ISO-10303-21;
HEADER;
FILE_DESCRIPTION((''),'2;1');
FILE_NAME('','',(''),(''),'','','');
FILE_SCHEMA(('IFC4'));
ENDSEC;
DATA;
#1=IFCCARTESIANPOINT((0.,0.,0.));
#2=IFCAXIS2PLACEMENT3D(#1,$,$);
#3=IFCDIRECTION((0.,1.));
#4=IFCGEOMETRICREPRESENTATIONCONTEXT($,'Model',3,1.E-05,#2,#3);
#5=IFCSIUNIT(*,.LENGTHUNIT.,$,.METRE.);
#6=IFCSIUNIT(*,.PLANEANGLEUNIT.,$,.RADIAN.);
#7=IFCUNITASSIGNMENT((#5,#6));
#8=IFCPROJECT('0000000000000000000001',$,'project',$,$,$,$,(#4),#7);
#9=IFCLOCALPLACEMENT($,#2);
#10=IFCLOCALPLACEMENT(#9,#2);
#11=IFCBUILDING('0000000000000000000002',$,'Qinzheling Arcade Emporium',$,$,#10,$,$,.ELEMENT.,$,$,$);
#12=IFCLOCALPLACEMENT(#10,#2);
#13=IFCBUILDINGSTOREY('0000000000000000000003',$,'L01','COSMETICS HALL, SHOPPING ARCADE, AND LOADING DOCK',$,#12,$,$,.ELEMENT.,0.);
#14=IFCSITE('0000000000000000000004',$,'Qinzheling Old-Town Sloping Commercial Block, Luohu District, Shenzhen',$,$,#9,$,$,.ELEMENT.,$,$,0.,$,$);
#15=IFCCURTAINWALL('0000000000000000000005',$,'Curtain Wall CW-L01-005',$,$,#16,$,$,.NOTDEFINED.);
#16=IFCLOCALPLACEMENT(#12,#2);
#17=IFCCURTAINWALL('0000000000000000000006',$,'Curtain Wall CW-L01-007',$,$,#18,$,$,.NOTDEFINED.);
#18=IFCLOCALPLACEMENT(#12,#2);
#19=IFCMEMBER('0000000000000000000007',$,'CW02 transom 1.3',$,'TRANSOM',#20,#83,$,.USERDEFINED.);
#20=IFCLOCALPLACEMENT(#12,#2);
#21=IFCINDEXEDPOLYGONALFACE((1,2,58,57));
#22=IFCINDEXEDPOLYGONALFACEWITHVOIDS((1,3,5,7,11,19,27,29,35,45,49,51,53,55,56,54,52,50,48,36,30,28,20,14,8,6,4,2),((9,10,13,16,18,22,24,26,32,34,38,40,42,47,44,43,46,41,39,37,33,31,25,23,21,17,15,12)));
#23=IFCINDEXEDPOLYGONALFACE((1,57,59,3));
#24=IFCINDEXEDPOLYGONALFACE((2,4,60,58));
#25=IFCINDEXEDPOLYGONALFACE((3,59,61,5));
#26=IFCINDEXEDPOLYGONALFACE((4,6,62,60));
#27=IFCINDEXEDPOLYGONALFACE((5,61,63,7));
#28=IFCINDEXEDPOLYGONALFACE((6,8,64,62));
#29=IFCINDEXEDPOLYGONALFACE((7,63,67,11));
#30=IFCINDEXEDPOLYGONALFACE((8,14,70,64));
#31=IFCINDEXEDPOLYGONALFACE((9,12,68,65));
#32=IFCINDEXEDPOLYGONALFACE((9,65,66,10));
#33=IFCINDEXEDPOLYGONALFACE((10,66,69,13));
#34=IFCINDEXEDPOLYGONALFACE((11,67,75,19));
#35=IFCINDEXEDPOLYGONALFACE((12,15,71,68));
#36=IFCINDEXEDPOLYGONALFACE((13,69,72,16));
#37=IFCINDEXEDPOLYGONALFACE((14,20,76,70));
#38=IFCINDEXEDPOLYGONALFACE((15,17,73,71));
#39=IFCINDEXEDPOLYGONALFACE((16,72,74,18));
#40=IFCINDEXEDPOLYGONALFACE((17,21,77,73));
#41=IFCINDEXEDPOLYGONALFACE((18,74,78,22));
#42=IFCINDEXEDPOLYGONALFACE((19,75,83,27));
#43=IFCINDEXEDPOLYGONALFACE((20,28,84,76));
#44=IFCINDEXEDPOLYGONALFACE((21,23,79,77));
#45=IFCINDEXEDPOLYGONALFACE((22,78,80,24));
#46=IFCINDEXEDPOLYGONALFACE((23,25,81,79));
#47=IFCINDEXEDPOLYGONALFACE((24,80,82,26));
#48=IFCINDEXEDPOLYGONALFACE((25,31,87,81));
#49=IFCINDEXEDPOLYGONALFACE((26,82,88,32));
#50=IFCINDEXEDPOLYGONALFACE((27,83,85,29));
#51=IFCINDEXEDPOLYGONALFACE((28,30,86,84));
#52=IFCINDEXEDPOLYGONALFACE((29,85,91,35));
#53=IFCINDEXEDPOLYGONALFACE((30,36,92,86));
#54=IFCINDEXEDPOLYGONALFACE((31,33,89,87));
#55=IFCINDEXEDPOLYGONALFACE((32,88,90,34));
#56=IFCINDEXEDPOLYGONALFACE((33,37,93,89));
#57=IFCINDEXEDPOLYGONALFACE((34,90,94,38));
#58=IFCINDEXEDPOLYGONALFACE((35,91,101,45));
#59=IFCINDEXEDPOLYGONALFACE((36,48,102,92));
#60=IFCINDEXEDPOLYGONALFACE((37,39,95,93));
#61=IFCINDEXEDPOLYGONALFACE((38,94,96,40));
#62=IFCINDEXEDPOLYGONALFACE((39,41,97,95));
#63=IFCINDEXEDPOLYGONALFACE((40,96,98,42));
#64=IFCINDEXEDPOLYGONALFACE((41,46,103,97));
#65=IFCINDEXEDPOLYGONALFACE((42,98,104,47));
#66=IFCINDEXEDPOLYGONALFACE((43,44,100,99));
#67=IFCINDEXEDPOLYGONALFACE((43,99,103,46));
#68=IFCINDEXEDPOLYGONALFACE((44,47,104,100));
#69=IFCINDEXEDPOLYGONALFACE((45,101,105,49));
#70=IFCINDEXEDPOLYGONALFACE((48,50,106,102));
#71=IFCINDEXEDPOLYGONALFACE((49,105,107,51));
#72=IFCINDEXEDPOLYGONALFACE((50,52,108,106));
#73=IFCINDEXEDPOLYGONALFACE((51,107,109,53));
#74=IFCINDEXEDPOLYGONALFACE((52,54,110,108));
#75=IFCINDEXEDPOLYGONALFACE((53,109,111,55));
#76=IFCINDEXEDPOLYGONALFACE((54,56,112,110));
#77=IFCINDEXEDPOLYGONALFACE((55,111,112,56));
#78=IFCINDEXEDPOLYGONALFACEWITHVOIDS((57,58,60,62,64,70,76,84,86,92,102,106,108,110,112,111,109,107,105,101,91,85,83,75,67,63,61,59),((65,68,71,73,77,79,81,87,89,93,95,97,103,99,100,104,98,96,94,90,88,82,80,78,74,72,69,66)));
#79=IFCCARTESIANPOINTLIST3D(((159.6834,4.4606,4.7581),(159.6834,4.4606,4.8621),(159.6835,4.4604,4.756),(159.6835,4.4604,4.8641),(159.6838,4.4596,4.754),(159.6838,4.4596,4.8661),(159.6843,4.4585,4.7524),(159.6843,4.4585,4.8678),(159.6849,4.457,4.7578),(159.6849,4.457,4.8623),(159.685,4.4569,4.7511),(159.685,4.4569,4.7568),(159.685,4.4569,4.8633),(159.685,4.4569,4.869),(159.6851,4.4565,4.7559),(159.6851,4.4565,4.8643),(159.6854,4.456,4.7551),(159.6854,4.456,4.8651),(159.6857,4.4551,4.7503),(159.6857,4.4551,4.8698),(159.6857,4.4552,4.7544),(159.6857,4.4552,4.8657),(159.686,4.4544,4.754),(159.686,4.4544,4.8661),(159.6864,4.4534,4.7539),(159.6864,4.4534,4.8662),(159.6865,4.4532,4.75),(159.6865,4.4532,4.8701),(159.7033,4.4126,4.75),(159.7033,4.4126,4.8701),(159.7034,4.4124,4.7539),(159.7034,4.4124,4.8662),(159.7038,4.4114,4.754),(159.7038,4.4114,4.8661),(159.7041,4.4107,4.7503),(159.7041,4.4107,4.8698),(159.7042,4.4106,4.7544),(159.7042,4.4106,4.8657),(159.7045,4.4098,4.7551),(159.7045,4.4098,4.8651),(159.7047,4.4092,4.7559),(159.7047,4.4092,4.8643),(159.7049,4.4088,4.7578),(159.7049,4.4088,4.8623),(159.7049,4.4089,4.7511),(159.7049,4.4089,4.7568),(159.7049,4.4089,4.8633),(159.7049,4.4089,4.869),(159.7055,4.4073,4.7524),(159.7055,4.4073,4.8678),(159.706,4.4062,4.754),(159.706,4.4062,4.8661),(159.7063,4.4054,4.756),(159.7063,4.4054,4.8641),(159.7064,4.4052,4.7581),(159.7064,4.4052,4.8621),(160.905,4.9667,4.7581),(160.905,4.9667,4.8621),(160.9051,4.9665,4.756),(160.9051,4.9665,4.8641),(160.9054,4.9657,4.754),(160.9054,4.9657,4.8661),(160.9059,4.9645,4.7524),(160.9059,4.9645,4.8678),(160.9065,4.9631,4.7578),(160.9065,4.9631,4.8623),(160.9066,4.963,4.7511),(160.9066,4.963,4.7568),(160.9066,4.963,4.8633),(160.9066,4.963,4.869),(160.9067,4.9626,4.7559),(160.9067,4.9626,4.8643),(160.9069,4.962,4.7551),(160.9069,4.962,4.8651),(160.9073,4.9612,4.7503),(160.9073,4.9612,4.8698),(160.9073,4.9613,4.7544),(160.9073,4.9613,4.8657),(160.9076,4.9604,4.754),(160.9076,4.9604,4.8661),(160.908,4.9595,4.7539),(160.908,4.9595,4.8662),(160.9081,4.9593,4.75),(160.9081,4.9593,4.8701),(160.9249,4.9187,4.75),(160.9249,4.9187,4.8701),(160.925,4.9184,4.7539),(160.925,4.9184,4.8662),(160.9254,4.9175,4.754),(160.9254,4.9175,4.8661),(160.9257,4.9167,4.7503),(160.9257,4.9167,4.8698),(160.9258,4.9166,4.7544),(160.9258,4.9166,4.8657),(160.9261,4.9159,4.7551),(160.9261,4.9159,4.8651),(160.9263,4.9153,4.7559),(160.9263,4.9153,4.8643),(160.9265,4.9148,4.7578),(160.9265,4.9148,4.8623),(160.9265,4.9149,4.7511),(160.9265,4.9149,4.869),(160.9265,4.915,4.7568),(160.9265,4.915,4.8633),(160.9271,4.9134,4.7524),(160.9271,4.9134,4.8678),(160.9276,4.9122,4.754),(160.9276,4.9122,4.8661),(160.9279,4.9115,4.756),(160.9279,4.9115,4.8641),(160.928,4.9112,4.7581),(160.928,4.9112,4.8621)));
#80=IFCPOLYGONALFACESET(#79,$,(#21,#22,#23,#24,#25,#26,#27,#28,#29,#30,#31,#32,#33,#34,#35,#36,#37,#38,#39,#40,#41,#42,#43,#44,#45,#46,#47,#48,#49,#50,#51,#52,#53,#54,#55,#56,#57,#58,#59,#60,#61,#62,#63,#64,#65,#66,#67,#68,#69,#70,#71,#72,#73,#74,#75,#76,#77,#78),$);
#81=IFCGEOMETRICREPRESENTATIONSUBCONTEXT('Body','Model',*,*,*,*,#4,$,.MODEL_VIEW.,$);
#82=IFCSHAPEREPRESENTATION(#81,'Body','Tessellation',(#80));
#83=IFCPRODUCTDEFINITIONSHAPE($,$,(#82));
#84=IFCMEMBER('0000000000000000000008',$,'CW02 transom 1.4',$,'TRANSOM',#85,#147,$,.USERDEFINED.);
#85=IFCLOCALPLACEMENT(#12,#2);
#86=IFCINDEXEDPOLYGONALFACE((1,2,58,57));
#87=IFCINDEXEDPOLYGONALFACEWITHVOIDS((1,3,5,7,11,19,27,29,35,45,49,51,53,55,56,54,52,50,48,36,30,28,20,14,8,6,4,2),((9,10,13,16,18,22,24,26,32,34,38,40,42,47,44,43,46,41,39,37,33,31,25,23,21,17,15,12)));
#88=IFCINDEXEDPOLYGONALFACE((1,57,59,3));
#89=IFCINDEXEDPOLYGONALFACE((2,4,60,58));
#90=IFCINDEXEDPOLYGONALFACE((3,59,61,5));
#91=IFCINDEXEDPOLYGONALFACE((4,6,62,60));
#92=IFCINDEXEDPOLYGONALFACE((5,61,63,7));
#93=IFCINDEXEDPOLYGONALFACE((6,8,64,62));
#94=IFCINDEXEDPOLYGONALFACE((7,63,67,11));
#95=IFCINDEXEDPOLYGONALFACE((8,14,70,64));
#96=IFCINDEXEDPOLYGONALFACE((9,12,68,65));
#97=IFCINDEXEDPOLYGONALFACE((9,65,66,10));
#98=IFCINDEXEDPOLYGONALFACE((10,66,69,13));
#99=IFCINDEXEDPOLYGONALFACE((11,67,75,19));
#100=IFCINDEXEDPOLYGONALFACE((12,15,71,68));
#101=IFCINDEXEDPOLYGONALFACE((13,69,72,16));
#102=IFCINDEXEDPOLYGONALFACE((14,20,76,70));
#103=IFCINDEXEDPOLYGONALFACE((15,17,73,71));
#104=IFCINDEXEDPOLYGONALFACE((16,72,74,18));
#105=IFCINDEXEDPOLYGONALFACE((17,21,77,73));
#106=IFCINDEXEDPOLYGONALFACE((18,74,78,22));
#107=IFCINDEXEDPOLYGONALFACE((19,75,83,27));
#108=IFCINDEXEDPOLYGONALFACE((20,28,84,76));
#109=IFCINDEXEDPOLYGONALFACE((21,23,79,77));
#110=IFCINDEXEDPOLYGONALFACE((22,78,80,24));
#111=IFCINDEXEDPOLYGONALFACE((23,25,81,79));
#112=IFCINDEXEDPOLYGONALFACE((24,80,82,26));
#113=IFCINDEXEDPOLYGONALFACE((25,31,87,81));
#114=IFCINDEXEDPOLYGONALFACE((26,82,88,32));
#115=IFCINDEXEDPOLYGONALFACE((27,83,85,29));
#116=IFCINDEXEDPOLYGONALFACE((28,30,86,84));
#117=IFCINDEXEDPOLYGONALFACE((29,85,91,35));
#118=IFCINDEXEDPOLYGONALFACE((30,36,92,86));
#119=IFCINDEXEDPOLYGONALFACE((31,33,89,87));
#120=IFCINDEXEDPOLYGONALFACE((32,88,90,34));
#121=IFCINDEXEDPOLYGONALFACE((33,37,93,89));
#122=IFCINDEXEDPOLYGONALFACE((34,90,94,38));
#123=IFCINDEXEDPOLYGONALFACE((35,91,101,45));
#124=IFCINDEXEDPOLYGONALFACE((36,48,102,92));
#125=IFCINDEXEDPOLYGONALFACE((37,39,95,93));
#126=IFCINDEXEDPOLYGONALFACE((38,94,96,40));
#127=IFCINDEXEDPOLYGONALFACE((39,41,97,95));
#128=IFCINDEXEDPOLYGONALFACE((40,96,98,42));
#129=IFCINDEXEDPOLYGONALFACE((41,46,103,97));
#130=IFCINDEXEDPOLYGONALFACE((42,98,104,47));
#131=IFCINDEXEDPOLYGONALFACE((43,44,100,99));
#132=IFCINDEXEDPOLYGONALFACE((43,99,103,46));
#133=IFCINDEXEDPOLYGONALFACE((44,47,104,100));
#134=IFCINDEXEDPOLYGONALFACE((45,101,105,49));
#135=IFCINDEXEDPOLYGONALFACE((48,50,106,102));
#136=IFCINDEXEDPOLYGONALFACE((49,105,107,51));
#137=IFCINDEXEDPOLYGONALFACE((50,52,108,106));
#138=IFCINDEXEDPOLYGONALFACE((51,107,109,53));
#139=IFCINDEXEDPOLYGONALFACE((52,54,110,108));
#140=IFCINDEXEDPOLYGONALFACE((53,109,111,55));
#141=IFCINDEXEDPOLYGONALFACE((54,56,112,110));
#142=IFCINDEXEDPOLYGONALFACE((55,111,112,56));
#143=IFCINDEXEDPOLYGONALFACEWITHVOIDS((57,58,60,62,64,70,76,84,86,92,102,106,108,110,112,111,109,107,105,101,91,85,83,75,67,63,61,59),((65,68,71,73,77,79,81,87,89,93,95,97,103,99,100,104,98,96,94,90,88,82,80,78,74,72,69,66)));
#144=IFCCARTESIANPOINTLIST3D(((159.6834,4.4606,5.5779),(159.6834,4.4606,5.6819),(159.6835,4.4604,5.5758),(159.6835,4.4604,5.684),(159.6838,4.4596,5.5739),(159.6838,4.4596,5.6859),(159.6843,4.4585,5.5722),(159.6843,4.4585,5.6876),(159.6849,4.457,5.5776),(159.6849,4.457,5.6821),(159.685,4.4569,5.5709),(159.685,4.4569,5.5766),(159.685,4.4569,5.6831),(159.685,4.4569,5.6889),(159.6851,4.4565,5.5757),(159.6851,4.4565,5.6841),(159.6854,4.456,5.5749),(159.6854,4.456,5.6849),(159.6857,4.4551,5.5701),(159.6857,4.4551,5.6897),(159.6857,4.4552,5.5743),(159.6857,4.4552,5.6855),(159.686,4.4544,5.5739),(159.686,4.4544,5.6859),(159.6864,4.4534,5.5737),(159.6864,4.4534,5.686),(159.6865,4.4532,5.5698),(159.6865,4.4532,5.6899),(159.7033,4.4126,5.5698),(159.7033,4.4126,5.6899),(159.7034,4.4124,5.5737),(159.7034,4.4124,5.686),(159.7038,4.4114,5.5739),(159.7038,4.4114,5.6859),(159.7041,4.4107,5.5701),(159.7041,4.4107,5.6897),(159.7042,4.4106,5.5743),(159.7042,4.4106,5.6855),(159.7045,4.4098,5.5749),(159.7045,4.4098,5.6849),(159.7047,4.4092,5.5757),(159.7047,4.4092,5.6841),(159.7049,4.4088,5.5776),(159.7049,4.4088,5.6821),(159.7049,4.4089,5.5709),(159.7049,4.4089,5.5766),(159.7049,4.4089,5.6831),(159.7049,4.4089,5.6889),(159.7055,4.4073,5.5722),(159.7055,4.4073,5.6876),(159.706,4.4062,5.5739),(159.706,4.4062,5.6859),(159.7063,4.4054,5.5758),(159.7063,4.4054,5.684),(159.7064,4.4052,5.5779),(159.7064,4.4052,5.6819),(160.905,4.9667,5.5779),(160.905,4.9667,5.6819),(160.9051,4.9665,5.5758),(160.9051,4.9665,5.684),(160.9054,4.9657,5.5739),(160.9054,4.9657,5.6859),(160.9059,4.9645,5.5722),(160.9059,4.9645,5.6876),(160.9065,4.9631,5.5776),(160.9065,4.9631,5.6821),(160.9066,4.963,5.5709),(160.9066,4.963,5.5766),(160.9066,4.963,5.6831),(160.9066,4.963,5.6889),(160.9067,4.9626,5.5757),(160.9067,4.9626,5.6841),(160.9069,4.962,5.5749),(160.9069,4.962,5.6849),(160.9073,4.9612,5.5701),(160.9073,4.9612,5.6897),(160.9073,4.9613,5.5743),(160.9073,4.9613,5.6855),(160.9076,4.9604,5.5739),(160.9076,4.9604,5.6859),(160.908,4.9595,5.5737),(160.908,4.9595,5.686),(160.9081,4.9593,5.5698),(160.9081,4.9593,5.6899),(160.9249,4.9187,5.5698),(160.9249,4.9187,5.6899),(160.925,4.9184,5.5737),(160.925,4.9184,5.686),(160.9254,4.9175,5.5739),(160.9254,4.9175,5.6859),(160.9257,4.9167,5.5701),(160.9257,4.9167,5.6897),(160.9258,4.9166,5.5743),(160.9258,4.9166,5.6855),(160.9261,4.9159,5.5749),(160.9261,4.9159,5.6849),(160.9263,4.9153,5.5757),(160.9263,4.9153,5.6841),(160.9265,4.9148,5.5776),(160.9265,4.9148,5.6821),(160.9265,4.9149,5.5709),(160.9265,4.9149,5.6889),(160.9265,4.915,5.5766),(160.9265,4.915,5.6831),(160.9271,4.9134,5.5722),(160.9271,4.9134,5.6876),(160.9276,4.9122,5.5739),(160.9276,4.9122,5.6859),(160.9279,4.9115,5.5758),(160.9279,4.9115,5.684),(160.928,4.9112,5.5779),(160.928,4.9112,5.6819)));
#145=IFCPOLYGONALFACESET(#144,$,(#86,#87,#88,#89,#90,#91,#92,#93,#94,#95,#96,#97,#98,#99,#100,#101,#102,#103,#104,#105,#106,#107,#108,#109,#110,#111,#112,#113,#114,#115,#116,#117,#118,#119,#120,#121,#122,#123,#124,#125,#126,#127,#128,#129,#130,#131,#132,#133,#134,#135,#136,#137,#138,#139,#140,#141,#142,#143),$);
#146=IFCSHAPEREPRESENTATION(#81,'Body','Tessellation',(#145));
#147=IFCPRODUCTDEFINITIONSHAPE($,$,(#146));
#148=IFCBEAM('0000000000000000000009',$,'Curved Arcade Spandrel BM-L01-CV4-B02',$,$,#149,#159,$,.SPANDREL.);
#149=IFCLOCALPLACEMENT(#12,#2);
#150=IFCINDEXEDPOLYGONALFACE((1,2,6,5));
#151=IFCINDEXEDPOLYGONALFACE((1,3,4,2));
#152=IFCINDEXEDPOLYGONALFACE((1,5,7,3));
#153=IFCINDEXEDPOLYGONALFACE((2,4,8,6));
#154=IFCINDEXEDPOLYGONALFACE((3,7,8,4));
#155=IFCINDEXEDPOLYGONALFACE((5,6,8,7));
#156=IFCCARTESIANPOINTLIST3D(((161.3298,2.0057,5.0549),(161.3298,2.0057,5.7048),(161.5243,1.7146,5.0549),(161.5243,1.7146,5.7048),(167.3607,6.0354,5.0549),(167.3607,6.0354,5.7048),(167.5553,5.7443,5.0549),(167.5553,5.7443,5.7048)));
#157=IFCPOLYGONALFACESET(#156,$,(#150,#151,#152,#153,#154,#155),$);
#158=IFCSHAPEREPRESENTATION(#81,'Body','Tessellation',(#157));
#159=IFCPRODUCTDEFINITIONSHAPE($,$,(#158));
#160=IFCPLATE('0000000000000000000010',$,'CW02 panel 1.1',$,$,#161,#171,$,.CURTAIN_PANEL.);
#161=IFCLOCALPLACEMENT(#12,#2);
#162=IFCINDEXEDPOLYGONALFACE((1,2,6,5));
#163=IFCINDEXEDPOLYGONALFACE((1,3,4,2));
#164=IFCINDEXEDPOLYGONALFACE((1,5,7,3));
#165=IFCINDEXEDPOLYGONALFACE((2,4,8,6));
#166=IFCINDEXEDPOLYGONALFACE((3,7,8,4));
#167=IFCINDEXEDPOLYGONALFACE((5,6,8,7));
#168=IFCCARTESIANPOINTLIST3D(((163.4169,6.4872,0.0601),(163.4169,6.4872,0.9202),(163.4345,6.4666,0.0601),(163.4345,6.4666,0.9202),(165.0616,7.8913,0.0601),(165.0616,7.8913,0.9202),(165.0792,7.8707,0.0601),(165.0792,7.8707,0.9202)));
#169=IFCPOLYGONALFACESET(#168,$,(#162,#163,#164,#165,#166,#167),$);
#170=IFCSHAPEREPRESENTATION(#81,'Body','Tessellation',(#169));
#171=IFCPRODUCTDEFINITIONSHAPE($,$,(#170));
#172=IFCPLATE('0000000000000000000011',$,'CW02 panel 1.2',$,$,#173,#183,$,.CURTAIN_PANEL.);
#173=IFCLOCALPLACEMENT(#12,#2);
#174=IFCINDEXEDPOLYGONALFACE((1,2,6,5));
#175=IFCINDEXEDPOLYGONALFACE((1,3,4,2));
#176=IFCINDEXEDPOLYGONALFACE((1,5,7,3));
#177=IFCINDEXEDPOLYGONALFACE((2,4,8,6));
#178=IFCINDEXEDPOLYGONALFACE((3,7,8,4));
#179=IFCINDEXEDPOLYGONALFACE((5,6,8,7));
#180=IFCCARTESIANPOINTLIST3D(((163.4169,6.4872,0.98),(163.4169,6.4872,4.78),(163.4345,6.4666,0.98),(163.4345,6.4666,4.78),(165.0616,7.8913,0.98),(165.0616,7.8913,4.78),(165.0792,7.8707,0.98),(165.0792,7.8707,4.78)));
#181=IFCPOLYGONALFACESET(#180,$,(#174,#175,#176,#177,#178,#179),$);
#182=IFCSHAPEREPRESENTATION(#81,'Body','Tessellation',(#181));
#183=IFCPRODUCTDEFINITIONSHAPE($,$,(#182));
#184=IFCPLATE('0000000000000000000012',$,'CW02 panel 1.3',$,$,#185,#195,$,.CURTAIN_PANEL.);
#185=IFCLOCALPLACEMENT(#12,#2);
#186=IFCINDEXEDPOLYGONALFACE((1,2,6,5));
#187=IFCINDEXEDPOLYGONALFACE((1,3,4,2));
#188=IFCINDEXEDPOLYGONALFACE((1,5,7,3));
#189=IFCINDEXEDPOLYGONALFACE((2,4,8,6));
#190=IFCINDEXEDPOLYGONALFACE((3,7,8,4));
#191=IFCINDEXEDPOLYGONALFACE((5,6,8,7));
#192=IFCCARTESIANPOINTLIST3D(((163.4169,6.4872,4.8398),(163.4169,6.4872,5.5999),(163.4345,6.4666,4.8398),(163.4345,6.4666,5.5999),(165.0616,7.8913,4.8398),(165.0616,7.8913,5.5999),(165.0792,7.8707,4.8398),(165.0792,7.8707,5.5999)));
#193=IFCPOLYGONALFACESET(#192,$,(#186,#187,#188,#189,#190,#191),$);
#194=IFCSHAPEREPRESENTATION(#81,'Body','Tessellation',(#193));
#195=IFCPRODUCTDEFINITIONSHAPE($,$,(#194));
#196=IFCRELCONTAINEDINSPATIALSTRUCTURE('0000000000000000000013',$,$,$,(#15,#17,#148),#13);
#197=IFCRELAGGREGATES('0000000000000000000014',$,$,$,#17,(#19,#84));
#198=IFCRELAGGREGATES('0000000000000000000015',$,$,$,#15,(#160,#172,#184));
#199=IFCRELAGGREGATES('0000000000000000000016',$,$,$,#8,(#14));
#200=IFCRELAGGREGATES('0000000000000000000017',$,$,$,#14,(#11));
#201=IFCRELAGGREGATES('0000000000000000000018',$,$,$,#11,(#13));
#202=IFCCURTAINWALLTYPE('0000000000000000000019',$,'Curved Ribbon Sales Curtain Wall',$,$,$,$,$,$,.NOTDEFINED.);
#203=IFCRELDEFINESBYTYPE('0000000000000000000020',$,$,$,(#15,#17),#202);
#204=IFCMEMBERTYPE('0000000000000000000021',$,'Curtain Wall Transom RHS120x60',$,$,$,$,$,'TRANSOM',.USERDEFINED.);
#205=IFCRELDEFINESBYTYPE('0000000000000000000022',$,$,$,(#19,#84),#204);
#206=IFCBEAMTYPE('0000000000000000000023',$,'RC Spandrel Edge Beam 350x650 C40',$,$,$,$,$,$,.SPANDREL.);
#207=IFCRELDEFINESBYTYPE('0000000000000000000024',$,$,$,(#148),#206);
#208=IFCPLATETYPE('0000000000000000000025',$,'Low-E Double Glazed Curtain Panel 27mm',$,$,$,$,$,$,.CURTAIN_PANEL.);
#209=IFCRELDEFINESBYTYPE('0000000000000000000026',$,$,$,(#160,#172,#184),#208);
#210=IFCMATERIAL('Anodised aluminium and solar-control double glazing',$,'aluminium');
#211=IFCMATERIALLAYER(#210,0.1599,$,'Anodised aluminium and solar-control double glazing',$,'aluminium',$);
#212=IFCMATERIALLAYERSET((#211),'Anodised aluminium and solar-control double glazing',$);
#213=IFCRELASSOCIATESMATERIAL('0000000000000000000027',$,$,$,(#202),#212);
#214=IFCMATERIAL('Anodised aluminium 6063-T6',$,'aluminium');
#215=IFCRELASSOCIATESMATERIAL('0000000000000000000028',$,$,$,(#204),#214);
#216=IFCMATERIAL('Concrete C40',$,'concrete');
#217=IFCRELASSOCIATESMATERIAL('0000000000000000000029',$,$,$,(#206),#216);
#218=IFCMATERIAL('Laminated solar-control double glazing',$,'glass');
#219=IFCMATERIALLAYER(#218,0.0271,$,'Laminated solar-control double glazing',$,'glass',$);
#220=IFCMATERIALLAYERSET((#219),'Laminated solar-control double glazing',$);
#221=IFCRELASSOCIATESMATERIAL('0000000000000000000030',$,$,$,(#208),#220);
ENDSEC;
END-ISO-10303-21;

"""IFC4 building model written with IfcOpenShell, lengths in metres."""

from ifc_helpers import new_model, si_unit, direction, frame, origin, origin_2d, place, context, subcontext, project, spatial, rectangle, hollow_rectangle, extrude, material, layer, layer_set, material_profile, profile_set, type_object, element, aggregate, save


model = new_model("IFC4")

# Units and contexts
model_context = context("Model", 3, precision=1e-05, world=origin(), true_north=direction((0.0, 1.0)))
body_context = subcontext(model_context, "Body", "Model", "MODEL_VIEW")
ifc_project = project(units=[si_unit("LENGTHUNIT", "METRE"), si_unit("PLANEANGLEUNIT", "RADIAN")], contexts=[model_context])

# Site, building, storey
site_placement = place(None, origin())
site = spatial("IfcSite", under=ifc_project, at=site_placement, Name="Qinzheling Old-Town Sloping Commercial Block, Luohu District, Shenzhen", CompositionType="ELEMENT", RefElevation=0.0)
building_placement = place(site_placement, origin())
building = spatial("IfcBuilding", under=site, at=building_placement, Name="Qinzheling Arcade Emporium", CompositionType="ELEMENT")
storey_placement = place(building_placement, origin())
storey = spatial("IfcBuildingStorey", under=building, at=storey_placement, Name="L01", Description="COSMETICS HALL, SHOPPING ARCADE, AND LOADING DOCK", CompositionType="ELEMENT", Elevation=0.0)

# Curtain wall
ifc_material_1 = material(Name="Anodised aluminium and solar-control double glazing", Category="aluminium")
ifc_layer_1 = layer(ifc_material_1, 0.1599, Name="Anodised aluminium and solar-control double glazing", Category="aluminium")
ifc_layer_set_1 = layer_set([ifc_layer_1], Name="Anodised aluminium and solar-control double glazing")
curtain_wall_type = type_object("IfcCurtainWallType", Name="Curved Ribbon Sales Curtain Wall", PredefinedType="NOTDEFINED", material=ifc_layer_set_1)
curtain_wall_1_placement = place(storey_placement, origin())
curtain_wall_1 = element("IfcCurtainWall", 1, at=curtain_wall_1_placement, inside=storey, type_object=curtain_wall_type, Name="Curtain Wall CW-L01-005", PredefinedType="NOTDEFINED")
ifc_material_2 = material(Name="Anodised aluminium 6063-T6", Category="aluminium")

# Curtain wall
curtain_wall_2_placement = place(storey_placement, origin())
curtain_wall_2 = element("IfcCurtainWall", 2, at=curtain_wall_2_placement, inside=storey, type_object=curtain_wall_type, Name="Curtain Wall CW-L01-007", PredefinedType="NOTDEFINED")

# Members
ifc_material_profile_1 = material_profile(ifc_material_2, hollow_rectangle(XDim=0.0601, YDim=0.1201, WallThickness=0.0039, InnerFilletRadius=0.0039, OuterFilletRadius=0.0081, at=origin_2d()), Name="RHS 120x60x4", Category="aluminium")
ifc_profile_set_1 = profile_set([ifc_material_profile_1], Name="Anodised aluminium 6063-T6")
member_type_1 = type_object("IfcMemberType", Name="Curtain Wall Transom RHS120x60", ElementType="TRANSOM", PredefinedType="USERDEFINED", material=ifc_profile_set_1)
member_1_placement = place(storey_placement, frame((160.9165, 4.939, 4.8101), z_axis=(-0.923862, -0.382727, 0.0), x_axis=(0.382727, -0.923862, 0.0)))
member_1 = element("IfcMember", 3, at=member_1_placement, type_object=member_type_1, Name="CW02 transom 1.3", ObjectType="TRANSOM", PredefinedType="USERDEFINED", context=body_context, shape_type="SweptSolid", body=[
    extrude(hollow_rectangle(XDim=0.0601, YDim=0.1201, WallThickness=0.0039, InnerFilletRadius=0.0039, OuterFilletRadius=0.0081, at=origin_2d()), origin(), (0.0, 0.0, 1.0), 1.3223),
])
member_2_placement = place(storey_placement, frame((160.9165, 4.939, 5.6299), z_axis=(-0.923862, -0.382727, 0.0), x_axis=(0.382727, -0.923862, 0.0)))
member_2 = element("IfcMember", 4, at=member_2_placement, type_object=member_type_1, Name="CW02 transom 1.4", ObjectType="TRANSOM", PredefinedType="USERDEFINED", context=body_context, shape_type="SweptSolid", body=[
    extrude(hollow_rectangle(XDim=0.0601, YDim=0.1201, WallThickness=0.0039, InnerFilletRadius=0.0039, OuterFilletRadius=0.0081, at=origin_2d()), origin(), (0.0, 0.0, 1.0), 1.3223),
])
aggregate(curtain_wall_2, [member_1, member_2])

# Beam
ifc_material_3 = material(Name="Concrete C40", Category="concrete")
ifc_material_profile_2 = material_profile(ifc_material_3, rectangle(XDim=0.3501, YDim=0.6499, at=origin_2d()), Name="RC 350x650", Category="concrete")
ifc_profile_set_2 = profile_set([ifc_material_profile_2], Name="Concrete C40")
beam_type_1 = type_object("IfcBeamType", Name="RC Spandrel Edge Beam 350x650 C40", PredefinedType="SPANDREL", material=ifc_profile_set_2)
beam_1_placement = place(storey_placement, frame((161.427, 1.8601, 5.3799), z_axis=(0.83147, 0.55557, 0.0), x_axis=(-0.55557, 0.83147, 0.0)))
element("IfcBeam", 5, at=beam_1_placement, inside=storey, type_object=beam_type_1, Name="Curved Arcade Spandrel BM-L01-CV4-B02", PredefinedType="SPANDREL", context=body_context, shape_type="SweptSolid", body=[
    extrude(rectangle(XDim=0.3501, YDim=0.6499, at=origin_2d()), origin(), (0.0, 0.0, 1.0), 7.2534),
])

# Plates
ifc_material_4 = material(Name="Laminated solar-control double glazing", Category="glass")
ifc_layer_2 = layer(ifc_material_4, 0.0271, Name="Laminated solar-control double glazing", Category="glass")
ifc_layer_set_2 = layer_set([ifc_layer_2], Name="Laminated solar-control double glazing")
plate_type_1 = type_object("IfcPlateType", Name="Low-E Double Glazed Curtain Panel 27mm", PredefinedType="CURTAIN_PANEL", material=ifc_layer_set_2)
plate_1_placement = place(storey_placement, frame((164.248, 7.179, 0.0601), z_axis=(0.0, 0.0, 1.0), x_axis=(-0.760554, -0.649275, 0.0)))
plate_1 = element("IfcPlate", 6, at=plate_1_placement, type_object=plate_type_1, Name="CW02 panel 1.1", PredefinedType="CURTAIN_PANEL", context=body_context, shape_type="SweptSolid", body=[
    extrude(rectangle(XDim=2.1626, YDim=0.0271, at=origin_2d()), origin(), (0.0, 0.0, 1.0), 0.8601),
])
plate_2_placement = place(storey_placement, frame((164.248, 7.179, 0.98), z_axis=(0.0, 0.0, 1.0), x_axis=(-0.760554, -0.649275, 0.0)))
plate_2 = element("IfcPlate", 7, at=plate_2_placement, type_object=plate_type_1, Name="CW02 panel 1.2", PredefinedType="CURTAIN_PANEL", context=body_context, shape_type="SweptSolid", body=[
    extrude(rectangle(XDim=2.1626, YDim=0.0271, at=origin_2d()), origin(), (0.0, 0.0, 1.0), 3.8),
])
plate_3_placement = place(storey_placement, frame((164.248, 7.179, 4.8398), z_axis=(0.0, 0.0, 1.0), x_axis=(-0.760554, -0.649275, 0.0)))
plate_3 = element("IfcPlate", 8, at=plate_3_placement, type_object=plate_type_1, Name="CW02 panel 1.3", PredefinedType="CURTAIN_PANEL", context=body_context, shape_type="SweptSolid", body=[
    extrude(rectangle(XDim=2.1626, YDim=0.0271, at=origin_2d()), origin(), (0.0, 0.0, 1.0), 0.76),
])
aggregate(curtain_wall_1, [plate_1, plate_2, plate_3])

save(model, "model.ifc")
